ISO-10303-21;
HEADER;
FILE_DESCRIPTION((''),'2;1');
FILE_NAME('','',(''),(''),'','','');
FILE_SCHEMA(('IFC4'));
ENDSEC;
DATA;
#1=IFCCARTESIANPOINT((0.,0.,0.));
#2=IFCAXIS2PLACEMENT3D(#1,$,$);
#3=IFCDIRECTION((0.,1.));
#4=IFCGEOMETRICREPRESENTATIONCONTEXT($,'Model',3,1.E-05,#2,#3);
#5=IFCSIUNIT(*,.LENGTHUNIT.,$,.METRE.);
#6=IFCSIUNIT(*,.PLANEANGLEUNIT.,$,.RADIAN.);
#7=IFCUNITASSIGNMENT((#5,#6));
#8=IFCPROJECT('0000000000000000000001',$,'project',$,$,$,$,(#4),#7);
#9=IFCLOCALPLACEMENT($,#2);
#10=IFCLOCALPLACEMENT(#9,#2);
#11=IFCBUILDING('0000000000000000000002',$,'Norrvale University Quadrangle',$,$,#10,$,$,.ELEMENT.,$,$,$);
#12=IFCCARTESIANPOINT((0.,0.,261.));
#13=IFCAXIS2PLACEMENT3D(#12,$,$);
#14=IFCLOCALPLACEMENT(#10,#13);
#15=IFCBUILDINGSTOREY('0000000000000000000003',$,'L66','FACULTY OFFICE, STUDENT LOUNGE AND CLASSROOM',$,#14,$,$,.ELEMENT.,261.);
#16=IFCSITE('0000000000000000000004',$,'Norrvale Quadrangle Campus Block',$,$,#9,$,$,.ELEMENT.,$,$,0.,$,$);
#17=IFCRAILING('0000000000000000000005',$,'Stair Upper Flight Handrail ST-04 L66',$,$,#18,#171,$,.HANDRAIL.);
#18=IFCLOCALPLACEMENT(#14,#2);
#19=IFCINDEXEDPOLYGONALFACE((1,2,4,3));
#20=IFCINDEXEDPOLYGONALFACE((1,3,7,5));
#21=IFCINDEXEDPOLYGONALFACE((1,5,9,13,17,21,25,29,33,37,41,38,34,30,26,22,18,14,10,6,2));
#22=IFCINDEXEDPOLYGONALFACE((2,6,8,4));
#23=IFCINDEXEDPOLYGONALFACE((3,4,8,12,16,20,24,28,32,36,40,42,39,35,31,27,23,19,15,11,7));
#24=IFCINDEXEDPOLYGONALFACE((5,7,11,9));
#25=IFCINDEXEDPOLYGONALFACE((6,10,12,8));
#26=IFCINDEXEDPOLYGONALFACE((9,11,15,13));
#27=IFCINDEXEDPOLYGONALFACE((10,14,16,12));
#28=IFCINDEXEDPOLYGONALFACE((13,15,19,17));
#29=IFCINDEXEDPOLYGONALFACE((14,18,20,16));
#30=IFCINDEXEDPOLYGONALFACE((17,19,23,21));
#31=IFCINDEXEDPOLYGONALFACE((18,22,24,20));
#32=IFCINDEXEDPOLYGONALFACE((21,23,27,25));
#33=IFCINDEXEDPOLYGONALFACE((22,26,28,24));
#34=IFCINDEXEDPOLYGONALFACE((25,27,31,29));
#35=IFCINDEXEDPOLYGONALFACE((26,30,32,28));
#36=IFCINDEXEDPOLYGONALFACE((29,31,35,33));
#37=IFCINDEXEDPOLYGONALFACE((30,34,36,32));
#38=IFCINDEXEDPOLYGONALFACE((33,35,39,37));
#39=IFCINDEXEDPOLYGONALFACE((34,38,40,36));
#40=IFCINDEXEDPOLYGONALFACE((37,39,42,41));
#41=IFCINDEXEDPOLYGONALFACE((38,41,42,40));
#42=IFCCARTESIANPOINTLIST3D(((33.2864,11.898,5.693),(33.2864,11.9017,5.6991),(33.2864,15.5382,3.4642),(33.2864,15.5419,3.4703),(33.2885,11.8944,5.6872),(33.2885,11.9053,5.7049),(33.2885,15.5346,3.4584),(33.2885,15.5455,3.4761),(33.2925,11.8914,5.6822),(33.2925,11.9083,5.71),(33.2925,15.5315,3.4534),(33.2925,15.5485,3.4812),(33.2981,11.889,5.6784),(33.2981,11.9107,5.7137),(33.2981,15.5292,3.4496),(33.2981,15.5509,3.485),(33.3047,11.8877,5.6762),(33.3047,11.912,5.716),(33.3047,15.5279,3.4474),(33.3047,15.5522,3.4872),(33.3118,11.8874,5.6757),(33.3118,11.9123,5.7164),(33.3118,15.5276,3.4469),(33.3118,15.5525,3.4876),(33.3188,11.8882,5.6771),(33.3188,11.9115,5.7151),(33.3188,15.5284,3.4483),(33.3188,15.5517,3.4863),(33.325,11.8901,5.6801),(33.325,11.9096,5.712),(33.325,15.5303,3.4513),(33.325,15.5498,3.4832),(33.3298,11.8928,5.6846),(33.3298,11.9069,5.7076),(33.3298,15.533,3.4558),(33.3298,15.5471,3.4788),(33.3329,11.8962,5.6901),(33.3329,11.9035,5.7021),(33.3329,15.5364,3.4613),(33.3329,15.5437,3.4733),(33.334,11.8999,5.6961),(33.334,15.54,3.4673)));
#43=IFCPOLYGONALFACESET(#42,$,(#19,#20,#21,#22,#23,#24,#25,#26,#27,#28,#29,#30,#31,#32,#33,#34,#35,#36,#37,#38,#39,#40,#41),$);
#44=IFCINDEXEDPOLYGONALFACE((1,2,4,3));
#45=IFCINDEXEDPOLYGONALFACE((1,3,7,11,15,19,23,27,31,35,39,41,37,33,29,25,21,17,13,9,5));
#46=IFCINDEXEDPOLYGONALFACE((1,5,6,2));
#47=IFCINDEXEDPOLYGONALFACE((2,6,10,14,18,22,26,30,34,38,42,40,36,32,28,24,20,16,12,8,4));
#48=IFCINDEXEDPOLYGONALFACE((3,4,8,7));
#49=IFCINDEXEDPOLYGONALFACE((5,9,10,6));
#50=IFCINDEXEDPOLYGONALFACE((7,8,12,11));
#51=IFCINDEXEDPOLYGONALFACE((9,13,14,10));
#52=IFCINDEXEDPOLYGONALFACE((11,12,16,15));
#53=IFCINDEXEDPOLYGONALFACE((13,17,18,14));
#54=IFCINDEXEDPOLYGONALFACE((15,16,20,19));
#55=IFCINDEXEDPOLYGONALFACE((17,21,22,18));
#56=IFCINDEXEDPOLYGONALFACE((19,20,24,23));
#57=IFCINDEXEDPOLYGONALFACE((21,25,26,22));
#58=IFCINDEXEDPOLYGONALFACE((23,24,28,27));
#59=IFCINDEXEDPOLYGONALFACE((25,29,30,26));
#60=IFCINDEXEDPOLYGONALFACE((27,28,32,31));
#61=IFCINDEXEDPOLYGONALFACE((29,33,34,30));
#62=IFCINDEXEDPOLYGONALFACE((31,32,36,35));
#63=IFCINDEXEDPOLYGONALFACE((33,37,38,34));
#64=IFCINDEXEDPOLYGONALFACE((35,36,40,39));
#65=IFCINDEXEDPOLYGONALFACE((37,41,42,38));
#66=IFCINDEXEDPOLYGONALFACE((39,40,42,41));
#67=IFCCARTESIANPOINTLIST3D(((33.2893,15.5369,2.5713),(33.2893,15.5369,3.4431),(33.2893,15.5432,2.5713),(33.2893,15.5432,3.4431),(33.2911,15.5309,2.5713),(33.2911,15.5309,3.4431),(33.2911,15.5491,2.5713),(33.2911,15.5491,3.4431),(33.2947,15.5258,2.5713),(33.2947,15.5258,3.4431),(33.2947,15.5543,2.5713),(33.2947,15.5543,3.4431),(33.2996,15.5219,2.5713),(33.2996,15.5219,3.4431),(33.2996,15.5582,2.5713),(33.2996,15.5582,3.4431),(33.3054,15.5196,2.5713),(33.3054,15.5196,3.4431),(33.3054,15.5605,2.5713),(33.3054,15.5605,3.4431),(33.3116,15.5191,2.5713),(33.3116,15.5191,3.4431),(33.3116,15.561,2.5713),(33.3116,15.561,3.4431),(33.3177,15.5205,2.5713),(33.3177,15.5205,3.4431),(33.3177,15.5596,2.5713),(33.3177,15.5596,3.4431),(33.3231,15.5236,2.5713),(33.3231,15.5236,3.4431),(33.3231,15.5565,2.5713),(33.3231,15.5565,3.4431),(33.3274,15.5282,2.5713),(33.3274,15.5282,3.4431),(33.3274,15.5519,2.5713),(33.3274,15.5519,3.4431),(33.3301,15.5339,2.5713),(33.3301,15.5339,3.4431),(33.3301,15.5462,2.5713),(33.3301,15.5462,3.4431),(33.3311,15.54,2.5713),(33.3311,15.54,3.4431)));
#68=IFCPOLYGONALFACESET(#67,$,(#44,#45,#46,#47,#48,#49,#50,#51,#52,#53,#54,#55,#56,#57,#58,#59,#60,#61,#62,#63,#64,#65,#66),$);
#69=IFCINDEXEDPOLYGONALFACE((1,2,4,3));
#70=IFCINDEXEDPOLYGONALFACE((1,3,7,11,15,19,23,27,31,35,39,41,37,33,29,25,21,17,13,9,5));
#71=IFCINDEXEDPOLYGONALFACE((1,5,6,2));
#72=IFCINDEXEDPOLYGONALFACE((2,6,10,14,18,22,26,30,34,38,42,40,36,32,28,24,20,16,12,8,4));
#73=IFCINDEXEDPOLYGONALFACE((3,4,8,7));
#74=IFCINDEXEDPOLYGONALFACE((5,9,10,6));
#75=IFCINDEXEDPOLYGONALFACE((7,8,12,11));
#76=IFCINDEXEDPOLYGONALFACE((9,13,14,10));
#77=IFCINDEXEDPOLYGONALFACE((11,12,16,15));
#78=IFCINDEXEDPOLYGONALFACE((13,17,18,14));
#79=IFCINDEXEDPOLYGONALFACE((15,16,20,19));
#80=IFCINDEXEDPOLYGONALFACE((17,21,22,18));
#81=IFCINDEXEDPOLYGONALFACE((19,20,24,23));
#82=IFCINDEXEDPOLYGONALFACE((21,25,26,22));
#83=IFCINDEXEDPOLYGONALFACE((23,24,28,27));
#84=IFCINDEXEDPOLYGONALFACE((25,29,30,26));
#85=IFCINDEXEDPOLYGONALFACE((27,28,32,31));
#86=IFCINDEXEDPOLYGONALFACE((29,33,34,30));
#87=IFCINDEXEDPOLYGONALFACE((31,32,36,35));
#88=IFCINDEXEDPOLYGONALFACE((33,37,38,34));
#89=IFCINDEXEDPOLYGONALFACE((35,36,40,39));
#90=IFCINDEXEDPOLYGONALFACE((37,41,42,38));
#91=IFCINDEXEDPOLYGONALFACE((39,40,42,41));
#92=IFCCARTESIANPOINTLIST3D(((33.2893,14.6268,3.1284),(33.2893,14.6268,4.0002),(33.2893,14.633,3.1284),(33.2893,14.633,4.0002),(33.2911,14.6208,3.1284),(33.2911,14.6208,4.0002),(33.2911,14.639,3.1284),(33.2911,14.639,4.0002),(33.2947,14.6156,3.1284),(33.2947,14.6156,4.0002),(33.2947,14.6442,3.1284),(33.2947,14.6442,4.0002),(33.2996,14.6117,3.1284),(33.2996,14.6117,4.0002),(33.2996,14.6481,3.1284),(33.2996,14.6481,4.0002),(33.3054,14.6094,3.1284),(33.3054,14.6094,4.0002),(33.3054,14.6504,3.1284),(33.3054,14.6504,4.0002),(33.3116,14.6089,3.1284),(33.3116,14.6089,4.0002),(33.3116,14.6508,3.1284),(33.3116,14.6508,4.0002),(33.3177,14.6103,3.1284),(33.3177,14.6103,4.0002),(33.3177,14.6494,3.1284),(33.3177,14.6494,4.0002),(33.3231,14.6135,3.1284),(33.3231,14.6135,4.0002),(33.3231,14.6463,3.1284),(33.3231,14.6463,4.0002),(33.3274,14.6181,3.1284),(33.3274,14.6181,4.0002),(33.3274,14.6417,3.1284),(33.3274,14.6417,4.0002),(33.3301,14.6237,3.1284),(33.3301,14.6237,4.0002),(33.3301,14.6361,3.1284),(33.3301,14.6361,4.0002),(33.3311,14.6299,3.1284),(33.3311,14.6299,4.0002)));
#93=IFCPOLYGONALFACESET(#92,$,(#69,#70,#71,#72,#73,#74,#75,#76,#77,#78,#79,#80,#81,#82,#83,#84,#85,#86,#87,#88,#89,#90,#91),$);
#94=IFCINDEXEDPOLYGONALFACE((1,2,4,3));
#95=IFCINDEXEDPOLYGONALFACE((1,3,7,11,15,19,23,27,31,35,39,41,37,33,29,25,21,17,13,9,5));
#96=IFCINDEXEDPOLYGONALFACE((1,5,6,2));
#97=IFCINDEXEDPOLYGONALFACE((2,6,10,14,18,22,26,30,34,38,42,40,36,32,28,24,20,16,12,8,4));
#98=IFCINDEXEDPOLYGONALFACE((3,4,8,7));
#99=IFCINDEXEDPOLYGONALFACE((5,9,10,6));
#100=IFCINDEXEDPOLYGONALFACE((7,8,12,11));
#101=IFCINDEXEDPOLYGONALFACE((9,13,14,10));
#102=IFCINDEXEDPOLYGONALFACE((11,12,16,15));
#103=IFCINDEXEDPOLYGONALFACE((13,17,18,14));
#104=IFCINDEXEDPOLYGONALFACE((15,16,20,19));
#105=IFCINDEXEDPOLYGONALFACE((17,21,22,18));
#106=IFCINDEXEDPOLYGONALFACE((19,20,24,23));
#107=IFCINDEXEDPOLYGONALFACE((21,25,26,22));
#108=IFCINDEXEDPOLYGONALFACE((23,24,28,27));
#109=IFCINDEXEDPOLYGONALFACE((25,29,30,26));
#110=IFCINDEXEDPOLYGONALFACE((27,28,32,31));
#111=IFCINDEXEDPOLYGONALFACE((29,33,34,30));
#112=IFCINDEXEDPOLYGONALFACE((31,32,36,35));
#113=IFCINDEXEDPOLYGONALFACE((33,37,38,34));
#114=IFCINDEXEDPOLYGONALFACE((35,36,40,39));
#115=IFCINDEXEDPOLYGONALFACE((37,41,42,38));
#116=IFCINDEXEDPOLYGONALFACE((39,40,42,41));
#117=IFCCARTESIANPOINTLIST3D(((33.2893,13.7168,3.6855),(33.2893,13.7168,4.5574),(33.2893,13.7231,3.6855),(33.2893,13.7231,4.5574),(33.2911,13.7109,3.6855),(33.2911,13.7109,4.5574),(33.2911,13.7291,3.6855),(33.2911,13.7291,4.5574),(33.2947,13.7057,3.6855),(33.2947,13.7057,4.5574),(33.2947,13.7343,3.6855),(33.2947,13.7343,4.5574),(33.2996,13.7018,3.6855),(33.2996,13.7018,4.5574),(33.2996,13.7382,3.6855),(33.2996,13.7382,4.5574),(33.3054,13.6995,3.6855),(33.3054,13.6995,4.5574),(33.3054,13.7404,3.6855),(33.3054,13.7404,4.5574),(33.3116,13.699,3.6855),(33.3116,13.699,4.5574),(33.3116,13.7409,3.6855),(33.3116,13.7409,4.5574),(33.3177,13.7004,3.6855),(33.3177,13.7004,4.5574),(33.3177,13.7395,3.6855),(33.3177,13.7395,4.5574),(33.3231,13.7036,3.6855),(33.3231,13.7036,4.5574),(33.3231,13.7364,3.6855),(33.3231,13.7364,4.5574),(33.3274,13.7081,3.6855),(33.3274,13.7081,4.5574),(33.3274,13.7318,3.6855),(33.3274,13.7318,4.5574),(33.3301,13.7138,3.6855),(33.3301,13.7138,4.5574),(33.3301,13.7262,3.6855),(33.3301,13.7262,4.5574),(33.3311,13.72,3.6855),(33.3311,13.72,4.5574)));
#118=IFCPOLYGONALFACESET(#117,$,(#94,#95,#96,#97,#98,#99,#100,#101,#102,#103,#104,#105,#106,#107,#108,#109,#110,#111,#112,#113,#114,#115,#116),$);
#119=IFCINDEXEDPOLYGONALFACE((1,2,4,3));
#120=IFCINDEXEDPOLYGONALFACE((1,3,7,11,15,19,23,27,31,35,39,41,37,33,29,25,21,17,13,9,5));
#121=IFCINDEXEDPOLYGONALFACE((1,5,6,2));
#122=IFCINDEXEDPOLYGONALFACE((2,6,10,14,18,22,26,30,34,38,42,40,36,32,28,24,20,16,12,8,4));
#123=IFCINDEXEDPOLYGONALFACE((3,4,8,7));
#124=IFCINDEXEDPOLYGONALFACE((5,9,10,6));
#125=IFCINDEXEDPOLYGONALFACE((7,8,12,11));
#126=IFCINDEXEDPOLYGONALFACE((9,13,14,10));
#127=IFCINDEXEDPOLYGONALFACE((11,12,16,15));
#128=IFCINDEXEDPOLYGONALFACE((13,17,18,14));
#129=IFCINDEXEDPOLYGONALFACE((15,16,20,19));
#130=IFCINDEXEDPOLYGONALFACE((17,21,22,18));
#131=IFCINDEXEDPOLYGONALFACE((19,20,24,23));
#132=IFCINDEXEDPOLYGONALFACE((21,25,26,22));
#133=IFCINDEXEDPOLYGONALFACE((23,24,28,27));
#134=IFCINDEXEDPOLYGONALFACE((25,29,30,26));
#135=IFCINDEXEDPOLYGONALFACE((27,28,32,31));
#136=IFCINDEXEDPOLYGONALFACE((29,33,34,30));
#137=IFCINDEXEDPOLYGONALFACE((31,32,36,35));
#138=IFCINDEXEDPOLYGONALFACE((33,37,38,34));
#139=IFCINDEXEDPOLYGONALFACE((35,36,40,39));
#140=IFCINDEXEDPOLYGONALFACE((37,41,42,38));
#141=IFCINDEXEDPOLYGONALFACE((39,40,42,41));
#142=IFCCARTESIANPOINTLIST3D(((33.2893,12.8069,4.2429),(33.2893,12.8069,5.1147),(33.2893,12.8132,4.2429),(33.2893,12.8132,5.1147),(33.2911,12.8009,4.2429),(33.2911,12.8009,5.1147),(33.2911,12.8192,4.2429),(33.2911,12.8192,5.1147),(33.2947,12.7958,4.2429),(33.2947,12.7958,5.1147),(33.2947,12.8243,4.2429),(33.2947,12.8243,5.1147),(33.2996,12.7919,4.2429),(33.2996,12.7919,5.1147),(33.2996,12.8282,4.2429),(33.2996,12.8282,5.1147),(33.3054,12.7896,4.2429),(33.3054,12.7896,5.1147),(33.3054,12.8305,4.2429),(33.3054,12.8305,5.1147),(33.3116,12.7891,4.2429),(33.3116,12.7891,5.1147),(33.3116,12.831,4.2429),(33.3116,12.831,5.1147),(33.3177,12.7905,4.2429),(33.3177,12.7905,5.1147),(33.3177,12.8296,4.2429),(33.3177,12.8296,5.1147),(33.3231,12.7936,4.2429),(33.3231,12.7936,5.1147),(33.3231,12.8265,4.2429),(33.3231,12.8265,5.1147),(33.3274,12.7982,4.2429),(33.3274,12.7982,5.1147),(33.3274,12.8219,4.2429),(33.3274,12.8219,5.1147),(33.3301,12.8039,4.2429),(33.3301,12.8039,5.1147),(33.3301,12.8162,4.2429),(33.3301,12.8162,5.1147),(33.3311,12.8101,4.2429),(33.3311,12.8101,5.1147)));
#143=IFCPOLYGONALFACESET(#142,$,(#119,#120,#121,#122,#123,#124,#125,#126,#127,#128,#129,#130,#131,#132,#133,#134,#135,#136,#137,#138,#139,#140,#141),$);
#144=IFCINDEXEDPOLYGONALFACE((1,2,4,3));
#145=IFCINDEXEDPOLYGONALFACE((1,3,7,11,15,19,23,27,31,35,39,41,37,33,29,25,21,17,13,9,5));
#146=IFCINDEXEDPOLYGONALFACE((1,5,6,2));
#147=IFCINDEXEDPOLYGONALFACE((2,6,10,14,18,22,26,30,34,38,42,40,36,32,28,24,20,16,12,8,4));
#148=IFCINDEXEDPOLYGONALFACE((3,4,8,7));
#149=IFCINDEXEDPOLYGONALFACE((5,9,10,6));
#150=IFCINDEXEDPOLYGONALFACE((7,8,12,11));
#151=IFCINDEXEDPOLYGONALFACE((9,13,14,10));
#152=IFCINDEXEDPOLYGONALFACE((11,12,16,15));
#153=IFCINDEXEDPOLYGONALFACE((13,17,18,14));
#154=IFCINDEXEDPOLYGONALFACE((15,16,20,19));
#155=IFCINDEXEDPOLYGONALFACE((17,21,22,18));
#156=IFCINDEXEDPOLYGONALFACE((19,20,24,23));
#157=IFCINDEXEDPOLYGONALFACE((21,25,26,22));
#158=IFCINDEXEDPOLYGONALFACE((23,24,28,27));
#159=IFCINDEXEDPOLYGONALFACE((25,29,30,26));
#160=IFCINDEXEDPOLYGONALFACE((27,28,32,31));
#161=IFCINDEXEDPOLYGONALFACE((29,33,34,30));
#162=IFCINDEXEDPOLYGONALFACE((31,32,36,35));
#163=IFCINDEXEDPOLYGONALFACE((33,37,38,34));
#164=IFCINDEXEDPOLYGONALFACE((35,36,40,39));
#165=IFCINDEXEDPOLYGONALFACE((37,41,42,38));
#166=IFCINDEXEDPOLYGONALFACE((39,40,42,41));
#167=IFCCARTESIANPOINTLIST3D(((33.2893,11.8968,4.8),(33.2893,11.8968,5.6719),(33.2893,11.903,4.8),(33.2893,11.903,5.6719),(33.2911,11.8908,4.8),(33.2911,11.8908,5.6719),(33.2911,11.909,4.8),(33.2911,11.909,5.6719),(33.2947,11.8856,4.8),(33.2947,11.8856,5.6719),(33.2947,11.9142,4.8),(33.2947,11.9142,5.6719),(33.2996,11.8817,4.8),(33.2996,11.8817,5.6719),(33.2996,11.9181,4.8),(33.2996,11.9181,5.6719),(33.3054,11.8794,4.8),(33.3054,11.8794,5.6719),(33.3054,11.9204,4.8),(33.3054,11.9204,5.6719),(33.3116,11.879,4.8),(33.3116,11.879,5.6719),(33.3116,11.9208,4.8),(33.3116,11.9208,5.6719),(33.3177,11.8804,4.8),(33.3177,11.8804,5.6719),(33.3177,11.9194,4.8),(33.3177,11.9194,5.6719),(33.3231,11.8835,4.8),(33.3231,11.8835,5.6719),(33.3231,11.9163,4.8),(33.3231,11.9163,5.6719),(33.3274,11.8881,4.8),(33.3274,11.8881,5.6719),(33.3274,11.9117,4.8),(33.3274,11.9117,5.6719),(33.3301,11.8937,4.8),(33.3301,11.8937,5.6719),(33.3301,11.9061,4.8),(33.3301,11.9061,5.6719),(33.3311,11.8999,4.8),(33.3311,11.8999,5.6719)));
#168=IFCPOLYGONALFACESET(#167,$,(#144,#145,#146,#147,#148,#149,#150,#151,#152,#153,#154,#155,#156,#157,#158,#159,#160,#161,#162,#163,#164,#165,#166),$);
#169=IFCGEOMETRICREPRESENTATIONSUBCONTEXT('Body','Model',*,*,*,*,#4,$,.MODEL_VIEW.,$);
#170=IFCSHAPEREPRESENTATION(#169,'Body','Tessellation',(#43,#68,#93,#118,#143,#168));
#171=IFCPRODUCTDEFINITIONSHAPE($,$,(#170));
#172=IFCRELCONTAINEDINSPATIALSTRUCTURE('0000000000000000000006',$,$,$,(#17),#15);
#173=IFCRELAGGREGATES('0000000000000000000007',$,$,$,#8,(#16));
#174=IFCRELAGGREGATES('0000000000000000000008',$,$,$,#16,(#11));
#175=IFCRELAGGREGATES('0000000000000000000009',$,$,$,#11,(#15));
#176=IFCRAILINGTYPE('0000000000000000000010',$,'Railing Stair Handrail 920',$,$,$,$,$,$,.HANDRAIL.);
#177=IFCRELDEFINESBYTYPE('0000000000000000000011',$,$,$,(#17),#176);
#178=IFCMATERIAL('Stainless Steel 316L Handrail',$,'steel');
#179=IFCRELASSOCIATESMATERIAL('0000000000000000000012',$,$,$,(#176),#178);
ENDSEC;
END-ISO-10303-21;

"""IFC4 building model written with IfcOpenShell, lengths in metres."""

from ifc_helpers import new_model, si_unit, direction, frame, origin, origin_2d, place, context, subcontext, project, spatial, circle, extrude, material, type_object, element, save


model = new_model("IFC4")

# Units and contexts
model_context = context("Model", 3, precision=1e-05, world=origin(), true_north=direction((0.0, 1.0)))
body_context = subcontext(model_context, "Body", "Model", "MODEL_VIEW")
ifc_project = project(units=[si_unit("LENGTHUNIT", "METRE"), si_unit("PLANEANGLEUNIT", "RADIAN")], contexts=[model_context])

# Site, building, storey
site_placement = place(None, origin())
site = spatial("IfcSite", under=ifc_project, at=site_placement, Name="Norrvale Quadrangle Campus Block", CompositionType="ELEMENT", RefElevation=0.0)
building_placement = place(site_placement, origin())
building = spatial("IfcBuilding", under=site, at=building_placement, Name="Norrvale University Quadrangle", CompositionType="ELEMENT")
storey_placement = place(building_placement, frame((0.0, 0.0, 261.0)))
storey = spatial("IfcBuildingStorey", under=building, at=storey_placement, Name="L66", Description="FACULTY OFFICE, STUDENT LOUNGE AND CLASSROOM", CompositionType="ELEMENT", Elevation=261.0)

# Railing
ifc_material_1 = material(Name="Stainless Steel 316L Handrail", Category="steel")
railing_type_1 = type_object("IfcRailingType", Name="Railing Stair Handrail 920", PredefinedType="HANDRAIL", material=ifc_material_1)
railing_1_placement = place(storey_placement, frame((33.3101, 15.54, 2.5713)))
element("IfcRailing", 1, at=railing_1_placement, inside=storey, type_object=railing_type_1, Name="Stair Upper Flight Handrail ST-04 L66", PredefinedType="HANDRAIL", context=body_context, shape_type="SweptSolid", body=[
    extrude(circle(Radius=0.0239, at=origin_2d()), frame((0.0, 0.0, 0.896), z_axis=(0.0, -0.85284, 0.522172), x_axis=(1.0, 0.0, 0.0)), (0.0, 0.0, 1.0), 4.2683),
    extrude(circle(Radius=0.021, at=origin_2d()), origin(), (0.0, 0.0, 1.0), 0.8718),
    extrude(circle(Radius=0.021, at=origin_2d()), frame((0.0, -0.9102, 0.5571)), (0.0, 0.0, 1.0), 0.8718),
    extrude(circle(Radius=0.021, at=origin_2d()), frame((0.0, -1.8201, 1.1143)), (0.0, 0.0, 1.0), 0.8718),
    extrude(circle(Radius=0.021, at=origin_2d()), frame((0.0, -2.73, 1.6716)), (0.0, 0.0, 1.0), 0.8718),
    extrude(circle(Radius=0.021, at=origin_2d()), frame((0.0, -3.6401, 2.2288)), (0.0, 0.0, 1.0), 0.8718),
])

save(model, "model.ifc")
